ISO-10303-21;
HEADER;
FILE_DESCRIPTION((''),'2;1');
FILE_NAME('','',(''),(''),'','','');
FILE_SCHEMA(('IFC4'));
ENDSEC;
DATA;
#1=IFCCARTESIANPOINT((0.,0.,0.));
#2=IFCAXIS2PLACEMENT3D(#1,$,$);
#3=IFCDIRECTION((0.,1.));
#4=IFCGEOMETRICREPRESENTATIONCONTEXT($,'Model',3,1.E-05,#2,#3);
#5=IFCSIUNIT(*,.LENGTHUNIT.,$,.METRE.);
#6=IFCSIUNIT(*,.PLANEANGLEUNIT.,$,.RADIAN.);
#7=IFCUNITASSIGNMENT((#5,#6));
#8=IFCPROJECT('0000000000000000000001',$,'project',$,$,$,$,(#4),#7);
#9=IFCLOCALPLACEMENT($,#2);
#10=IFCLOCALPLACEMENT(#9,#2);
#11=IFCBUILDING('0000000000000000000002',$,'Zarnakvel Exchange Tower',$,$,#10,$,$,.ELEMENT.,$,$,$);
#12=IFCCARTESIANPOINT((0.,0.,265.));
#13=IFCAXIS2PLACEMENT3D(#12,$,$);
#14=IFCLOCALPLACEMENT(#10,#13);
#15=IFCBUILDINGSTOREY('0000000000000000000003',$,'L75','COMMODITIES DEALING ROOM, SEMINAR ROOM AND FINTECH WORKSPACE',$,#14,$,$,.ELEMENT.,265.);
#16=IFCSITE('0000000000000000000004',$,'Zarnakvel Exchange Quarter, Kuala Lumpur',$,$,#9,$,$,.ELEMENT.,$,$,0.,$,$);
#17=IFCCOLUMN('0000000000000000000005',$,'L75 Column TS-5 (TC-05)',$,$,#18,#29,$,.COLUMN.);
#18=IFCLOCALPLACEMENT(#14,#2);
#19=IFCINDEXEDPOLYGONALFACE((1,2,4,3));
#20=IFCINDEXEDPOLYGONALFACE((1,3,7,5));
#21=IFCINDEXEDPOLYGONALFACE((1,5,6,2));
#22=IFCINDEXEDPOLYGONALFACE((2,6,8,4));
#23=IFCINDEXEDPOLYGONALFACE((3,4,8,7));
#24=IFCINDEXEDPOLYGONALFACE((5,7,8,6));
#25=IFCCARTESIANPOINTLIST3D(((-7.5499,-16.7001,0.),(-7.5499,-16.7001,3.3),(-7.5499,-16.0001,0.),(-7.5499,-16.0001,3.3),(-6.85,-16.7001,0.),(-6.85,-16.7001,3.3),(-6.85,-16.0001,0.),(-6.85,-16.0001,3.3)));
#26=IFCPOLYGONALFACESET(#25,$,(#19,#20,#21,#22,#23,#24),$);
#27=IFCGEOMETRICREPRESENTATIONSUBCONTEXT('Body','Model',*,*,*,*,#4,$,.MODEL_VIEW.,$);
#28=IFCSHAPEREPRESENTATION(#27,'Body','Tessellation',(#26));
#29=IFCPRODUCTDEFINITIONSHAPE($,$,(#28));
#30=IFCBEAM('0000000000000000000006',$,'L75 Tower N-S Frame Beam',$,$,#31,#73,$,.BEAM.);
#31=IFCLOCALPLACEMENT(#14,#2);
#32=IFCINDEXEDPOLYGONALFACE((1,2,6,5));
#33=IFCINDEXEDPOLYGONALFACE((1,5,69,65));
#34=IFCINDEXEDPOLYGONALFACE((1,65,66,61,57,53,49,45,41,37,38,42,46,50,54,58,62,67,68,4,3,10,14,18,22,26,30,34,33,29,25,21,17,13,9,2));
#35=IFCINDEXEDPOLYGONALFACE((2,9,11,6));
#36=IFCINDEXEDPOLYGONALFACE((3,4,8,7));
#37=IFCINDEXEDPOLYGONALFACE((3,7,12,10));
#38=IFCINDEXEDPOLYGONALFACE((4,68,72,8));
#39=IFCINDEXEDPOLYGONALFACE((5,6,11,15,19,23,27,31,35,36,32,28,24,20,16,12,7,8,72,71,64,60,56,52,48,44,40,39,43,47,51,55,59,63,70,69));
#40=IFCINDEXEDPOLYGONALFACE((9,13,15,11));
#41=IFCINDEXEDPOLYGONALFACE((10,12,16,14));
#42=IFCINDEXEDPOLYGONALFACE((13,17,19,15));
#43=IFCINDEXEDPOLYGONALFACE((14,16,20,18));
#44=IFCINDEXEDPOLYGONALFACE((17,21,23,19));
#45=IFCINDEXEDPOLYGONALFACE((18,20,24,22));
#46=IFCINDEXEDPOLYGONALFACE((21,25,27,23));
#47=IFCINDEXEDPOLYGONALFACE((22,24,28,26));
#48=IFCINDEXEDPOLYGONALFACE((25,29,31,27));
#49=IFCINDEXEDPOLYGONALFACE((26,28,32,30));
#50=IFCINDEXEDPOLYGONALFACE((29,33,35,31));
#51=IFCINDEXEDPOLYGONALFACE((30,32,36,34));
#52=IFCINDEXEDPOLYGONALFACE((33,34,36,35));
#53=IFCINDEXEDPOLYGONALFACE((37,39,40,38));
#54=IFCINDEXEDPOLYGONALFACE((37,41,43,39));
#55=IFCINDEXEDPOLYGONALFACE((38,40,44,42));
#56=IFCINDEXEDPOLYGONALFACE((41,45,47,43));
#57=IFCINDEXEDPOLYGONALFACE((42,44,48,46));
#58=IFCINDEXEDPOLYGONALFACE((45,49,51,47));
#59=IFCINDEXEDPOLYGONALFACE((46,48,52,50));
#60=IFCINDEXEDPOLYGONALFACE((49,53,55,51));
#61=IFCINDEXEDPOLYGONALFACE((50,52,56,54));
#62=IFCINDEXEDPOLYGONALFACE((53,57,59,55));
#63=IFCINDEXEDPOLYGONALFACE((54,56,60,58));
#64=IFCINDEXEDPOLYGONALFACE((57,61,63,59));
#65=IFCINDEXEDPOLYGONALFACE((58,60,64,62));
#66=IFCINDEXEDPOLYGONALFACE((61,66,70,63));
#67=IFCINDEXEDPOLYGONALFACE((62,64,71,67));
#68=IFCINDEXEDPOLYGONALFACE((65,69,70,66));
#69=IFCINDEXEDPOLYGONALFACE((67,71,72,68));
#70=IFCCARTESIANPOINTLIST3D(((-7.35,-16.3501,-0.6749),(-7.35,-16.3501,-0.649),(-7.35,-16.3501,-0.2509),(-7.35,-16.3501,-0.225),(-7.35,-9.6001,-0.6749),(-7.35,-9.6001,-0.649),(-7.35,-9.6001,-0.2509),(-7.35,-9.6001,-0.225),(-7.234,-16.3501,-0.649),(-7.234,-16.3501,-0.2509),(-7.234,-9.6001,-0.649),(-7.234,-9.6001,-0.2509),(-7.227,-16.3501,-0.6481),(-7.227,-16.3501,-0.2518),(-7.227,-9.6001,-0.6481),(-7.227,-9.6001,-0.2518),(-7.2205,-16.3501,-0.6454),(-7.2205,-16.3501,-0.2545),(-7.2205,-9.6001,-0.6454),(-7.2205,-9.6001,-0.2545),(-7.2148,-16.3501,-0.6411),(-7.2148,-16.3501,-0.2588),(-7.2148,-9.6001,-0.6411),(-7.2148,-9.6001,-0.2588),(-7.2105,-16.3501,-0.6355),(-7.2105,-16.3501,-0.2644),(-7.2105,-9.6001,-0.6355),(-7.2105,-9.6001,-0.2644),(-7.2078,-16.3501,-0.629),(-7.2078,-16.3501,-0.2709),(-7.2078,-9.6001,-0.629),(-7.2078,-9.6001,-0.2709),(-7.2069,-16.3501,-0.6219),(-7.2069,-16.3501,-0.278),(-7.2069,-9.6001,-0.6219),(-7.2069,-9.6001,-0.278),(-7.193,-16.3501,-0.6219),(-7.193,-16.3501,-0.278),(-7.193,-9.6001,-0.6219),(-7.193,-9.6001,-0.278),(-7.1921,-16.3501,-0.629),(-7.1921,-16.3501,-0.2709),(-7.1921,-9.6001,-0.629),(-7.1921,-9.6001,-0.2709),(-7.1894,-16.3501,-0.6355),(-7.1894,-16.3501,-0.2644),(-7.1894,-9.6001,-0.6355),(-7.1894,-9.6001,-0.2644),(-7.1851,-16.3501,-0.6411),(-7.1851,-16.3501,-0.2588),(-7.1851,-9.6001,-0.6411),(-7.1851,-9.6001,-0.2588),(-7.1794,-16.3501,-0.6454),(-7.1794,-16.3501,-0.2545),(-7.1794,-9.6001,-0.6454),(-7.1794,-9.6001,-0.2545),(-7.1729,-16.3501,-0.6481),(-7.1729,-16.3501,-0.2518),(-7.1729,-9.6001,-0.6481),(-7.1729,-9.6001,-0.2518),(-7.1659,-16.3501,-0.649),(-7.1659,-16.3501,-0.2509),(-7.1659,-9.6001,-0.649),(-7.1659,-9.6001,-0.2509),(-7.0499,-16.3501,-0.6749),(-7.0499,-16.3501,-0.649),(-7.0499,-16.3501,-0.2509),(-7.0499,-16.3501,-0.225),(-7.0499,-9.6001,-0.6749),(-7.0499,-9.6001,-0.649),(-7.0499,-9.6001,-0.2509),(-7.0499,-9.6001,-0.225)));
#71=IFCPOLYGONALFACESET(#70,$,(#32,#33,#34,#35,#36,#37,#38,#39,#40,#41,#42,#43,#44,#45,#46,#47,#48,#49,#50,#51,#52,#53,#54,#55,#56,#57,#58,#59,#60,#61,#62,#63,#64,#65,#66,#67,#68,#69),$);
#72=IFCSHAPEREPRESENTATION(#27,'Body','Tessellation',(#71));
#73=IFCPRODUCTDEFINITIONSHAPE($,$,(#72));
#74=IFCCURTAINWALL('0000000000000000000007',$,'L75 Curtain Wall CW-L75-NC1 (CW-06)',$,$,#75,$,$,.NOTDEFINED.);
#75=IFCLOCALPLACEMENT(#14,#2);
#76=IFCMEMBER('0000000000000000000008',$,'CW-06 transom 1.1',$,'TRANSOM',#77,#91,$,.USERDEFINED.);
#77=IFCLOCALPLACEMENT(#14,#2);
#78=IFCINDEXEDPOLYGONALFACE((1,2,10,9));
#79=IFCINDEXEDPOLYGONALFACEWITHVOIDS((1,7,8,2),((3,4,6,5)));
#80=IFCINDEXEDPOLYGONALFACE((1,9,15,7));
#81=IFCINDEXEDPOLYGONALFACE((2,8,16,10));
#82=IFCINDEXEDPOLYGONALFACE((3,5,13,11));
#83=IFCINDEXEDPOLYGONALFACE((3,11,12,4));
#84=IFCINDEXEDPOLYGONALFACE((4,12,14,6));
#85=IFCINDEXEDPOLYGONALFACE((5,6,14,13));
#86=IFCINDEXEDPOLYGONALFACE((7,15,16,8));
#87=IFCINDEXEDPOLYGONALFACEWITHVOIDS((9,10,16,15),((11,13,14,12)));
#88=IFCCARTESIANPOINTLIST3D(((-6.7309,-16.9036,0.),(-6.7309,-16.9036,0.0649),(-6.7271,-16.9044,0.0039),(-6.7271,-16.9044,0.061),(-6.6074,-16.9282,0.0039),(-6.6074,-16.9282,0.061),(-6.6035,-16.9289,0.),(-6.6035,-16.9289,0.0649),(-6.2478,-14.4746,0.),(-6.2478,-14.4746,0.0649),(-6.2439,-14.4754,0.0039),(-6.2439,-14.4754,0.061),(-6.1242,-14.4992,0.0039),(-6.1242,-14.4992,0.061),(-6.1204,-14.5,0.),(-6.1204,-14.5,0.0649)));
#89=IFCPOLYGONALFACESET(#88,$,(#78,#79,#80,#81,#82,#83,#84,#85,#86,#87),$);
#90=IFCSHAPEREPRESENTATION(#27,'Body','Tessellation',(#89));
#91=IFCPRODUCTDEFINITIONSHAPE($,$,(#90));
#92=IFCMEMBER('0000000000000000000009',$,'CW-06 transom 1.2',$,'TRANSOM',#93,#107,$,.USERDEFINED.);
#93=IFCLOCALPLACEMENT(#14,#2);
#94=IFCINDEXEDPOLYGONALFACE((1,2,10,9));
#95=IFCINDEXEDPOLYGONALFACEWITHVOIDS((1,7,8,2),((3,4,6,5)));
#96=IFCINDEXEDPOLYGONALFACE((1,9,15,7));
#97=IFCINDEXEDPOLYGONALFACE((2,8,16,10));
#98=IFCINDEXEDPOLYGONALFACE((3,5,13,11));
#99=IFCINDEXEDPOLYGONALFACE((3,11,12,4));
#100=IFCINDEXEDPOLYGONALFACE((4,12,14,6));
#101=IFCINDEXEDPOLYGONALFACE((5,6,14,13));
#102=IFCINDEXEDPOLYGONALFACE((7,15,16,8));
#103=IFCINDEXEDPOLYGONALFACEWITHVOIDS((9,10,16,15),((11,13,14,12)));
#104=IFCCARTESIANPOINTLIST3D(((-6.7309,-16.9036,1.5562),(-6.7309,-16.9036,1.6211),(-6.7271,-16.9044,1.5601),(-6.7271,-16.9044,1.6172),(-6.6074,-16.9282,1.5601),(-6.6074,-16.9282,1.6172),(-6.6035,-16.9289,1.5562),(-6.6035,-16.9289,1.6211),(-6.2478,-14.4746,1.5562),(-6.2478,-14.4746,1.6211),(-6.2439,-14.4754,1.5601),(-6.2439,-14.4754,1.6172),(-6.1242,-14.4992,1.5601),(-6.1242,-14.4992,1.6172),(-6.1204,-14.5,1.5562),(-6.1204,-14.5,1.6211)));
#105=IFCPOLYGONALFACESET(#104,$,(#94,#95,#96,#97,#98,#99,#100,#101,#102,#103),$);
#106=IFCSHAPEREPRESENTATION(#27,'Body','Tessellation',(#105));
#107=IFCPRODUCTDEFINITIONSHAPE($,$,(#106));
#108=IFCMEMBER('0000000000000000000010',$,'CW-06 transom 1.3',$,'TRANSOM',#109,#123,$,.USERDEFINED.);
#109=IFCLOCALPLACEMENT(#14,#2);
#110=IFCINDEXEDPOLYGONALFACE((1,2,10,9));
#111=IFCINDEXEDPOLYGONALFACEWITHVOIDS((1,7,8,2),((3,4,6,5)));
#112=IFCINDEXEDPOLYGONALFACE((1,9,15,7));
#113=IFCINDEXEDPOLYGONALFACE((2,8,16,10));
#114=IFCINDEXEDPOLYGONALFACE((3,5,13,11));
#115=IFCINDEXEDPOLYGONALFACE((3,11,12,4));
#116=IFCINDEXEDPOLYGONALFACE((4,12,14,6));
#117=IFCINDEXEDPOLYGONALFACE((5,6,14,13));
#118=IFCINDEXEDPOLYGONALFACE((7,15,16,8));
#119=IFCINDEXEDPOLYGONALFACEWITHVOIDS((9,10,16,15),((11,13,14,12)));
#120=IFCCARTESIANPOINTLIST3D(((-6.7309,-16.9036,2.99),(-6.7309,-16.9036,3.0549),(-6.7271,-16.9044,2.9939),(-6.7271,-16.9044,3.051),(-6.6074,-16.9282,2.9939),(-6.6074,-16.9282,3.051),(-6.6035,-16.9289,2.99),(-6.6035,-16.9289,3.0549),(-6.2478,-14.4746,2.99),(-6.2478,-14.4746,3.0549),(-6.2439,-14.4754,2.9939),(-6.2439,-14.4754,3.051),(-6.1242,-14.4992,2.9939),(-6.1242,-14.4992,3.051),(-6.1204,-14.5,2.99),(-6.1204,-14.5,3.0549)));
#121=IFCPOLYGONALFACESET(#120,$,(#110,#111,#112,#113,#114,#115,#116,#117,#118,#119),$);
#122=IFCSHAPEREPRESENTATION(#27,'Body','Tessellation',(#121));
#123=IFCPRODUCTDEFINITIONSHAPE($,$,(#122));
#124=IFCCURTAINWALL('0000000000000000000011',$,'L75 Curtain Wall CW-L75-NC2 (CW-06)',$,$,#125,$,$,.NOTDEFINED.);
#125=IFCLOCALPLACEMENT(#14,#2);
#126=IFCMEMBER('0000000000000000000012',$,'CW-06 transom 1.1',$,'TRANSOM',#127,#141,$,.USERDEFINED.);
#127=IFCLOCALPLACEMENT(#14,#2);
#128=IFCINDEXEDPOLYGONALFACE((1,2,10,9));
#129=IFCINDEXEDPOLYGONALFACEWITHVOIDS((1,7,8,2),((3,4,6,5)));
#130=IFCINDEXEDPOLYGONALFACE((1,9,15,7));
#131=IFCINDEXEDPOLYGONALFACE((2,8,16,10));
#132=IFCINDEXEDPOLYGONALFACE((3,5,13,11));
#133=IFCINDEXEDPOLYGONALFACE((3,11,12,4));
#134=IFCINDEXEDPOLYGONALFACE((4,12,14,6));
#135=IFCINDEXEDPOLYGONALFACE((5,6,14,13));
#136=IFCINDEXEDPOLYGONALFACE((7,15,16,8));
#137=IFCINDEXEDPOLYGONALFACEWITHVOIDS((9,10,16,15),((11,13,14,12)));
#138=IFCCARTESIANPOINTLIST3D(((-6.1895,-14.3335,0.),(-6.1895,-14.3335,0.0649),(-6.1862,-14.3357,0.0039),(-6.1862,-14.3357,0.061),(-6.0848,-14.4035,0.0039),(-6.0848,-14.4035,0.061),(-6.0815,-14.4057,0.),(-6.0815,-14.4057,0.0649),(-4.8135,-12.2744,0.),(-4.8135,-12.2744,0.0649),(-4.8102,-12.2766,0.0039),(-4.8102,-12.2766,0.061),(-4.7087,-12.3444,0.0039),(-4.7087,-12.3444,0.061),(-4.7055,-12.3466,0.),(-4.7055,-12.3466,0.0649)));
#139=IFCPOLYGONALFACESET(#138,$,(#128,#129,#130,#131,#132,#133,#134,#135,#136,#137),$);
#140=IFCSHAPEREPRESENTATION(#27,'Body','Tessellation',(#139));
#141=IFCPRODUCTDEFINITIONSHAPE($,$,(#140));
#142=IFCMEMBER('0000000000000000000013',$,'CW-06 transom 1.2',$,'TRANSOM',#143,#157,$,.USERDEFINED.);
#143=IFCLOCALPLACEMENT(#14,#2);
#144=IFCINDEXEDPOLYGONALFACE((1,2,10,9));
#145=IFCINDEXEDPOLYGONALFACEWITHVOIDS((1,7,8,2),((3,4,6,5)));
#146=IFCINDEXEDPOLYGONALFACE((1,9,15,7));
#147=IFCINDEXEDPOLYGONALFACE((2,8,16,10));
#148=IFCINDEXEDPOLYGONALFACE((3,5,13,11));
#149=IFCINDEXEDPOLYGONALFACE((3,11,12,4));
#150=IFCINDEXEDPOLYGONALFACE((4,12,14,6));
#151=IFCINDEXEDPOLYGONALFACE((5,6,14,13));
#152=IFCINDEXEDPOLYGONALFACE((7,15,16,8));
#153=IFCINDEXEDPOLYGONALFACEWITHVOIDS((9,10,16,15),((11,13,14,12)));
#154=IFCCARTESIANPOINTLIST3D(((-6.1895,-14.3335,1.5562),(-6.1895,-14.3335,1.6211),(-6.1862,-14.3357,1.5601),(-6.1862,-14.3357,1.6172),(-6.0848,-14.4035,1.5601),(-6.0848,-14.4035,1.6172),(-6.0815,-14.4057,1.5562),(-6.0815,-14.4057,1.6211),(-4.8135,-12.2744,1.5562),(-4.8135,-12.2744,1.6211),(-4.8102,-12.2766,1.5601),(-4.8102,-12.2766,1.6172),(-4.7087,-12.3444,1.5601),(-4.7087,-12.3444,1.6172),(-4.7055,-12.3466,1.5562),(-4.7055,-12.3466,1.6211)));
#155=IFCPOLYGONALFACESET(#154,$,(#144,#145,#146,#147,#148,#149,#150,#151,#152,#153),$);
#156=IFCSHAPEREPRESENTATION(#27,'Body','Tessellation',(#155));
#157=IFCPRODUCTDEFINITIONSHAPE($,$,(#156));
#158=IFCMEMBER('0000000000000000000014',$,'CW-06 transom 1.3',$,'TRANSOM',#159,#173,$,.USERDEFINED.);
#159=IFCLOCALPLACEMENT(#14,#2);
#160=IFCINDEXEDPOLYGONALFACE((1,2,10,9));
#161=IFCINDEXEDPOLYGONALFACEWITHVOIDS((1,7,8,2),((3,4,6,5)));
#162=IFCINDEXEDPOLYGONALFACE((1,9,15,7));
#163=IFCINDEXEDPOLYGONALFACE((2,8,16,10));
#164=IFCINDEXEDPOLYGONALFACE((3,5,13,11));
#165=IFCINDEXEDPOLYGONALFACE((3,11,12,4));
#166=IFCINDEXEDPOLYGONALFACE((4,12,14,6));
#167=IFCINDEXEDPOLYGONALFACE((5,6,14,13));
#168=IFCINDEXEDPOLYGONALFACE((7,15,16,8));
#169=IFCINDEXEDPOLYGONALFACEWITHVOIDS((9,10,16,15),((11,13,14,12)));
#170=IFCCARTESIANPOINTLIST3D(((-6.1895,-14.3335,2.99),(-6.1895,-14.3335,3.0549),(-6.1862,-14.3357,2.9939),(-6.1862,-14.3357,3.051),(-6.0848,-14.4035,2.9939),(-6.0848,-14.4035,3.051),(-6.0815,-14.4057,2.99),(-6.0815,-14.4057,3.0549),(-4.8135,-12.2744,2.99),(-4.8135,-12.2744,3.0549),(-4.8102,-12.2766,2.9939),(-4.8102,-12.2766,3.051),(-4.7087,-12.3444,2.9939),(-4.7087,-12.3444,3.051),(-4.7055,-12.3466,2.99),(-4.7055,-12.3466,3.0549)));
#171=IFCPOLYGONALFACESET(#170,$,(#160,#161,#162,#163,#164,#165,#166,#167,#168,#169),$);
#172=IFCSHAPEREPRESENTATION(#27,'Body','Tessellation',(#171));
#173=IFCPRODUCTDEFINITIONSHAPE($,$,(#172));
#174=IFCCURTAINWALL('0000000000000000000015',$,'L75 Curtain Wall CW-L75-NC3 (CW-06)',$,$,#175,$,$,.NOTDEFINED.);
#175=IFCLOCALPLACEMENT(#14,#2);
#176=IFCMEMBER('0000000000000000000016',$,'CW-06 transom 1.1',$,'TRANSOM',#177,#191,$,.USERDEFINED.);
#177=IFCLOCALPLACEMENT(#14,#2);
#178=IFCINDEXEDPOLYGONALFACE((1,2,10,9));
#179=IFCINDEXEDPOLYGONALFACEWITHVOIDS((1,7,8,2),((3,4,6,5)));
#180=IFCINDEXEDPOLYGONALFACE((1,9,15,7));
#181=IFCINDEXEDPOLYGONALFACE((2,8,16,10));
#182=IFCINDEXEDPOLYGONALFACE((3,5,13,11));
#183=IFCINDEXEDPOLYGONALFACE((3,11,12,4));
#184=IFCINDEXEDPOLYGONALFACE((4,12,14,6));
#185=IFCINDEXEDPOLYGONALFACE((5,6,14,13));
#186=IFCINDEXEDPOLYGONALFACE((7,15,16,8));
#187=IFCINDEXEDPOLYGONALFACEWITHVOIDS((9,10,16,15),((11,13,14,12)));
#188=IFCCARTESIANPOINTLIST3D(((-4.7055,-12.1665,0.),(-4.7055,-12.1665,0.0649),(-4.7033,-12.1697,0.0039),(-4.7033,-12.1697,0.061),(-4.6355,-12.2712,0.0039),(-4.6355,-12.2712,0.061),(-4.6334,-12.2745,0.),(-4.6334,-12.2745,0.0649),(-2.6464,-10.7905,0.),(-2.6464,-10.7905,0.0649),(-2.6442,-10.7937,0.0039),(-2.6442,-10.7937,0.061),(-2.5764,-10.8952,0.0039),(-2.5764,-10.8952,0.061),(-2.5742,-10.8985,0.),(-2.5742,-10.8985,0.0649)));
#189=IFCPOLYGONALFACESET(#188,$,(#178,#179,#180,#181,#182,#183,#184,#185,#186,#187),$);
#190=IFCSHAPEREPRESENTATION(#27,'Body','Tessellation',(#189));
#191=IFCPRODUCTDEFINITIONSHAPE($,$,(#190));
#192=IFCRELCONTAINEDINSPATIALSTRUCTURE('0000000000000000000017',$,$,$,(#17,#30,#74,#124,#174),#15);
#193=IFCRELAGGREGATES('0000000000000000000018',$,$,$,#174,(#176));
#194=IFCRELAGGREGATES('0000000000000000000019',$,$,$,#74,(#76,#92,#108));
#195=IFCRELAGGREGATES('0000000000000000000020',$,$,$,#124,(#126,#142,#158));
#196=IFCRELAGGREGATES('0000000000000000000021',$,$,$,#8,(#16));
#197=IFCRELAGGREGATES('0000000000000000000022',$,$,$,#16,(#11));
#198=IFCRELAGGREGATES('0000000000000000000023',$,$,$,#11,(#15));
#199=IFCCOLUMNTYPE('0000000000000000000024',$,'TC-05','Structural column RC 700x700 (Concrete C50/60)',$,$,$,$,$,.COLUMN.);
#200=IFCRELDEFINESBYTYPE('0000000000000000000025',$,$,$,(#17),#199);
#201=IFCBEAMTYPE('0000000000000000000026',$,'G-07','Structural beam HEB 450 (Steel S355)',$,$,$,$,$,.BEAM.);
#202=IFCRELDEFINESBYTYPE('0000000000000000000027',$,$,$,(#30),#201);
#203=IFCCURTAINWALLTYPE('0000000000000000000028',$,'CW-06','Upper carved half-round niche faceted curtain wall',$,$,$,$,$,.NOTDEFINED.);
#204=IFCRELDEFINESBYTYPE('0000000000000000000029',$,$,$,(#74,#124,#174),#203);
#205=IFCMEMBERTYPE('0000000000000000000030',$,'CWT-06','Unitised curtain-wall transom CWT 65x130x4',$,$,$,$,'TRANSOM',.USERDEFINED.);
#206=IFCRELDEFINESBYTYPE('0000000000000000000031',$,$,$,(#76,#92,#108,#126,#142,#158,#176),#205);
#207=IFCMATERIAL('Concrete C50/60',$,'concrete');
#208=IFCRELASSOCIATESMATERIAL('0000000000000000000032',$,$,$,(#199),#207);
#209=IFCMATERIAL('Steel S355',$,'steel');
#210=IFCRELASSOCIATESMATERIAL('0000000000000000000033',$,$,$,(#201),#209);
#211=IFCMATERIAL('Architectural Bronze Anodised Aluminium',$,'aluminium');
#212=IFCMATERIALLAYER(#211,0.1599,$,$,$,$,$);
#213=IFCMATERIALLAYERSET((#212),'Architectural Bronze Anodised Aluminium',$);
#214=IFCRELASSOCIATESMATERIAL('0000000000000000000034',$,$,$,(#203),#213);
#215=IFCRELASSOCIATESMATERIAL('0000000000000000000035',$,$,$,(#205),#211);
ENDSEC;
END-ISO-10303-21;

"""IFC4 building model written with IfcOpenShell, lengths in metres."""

from ifc_helpers import new_model, si_unit, direction, frame, origin, origin_2d, place, context, subcontext, project, spatial, rectangle, hollow_rectangle, i_section, extrude, source, transform, mapped, material, layer, layer_set, material_profile, profile_set, type_object, element, aggregate, save


model = new_model("IFC4")

# Units and contexts
model_context = context("Model", 3, precision=1e-05, world=origin(), true_north=direction((0.0, 1.0)))
body_context = subcontext(model_context, "Body", "Model", "MODEL_VIEW")
ifc_project = project(units=[si_unit("LENGTHUNIT", "METRE"), si_unit("PLANEANGLEUNIT", "RADIAN")], contexts=[model_context])

# Site, building, storey
site_placement = place(None, origin())
site = spatial("IfcSite", under=ifc_project, at=site_placement, Name="Zarnakvel Exchange Quarter, Kuala Lumpur", CompositionType="ELEMENT", RefElevation=0.0)
building_placement = place(site_placement, origin())
building = spatial("IfcBuilding", under=site, at=building_placement, Name="Zarnakvel Exchange Tower", CompositionType="ELEMENT")
storey_placement = place(building_placement, frame((0.0, 0.0, 265.0)))
storey = spatial("IfcBuildingStorey", under=building, at=storey_placement, Name="L75", Description="COMMODITIES DEALING ROOM, SEMINAR ROOM AND FINTECH WORKSPACE", CompositionType="ELEMENT", Elevation=265.0)

# Column
ifc_material_1 = material(Name="Concrete C50/60", Category="concrete")
ifc_material_profile_1 = material_profile(ifc_material_1, rectangle(XDim=0.7, YDim=0.7, at=origin_2d()))
ifc_profile_set_1 = profile_set([ifc_material_profile_1], Name="Concrete C50/60")
column_type = type_object("IfcColumnType", Name="TC-05", Description="Structural column RC 700x700 (Concrete C50/60)", PredefinedType="COLUMN", material=ifc_profile_set_1)
column_placement = place(storey_placement, frame((-7.2, -16.3501, 0.0), z_axis=(0.0, 0.0, 1.0), x_axis=(1.0, 0.0, 0.0)))
element("IfcColumn", 1, at=column_placement, inside=storey, type_object=column_type, Name="L75 Column TS-5 (TC-05)", PredefinedType="COLUMN", context=body_context, shape_type="SweptSolid", body=[
    extrude(rectangle(XDim=0.7, YDim=0.7, at=origin_2d()), origin(), (0.0, 0.0, 1.0), 3.3),
])

# Beam
ifc_material_2 = material(Name="Steel S355", Category="steel")
ifc_material_profile_2 = material_profile(ifc_material_2, i_section(OverallWidth=0.3, OverallDepth=0.45, WebThickness=0.0139, FlangeThickness=0.0259, FilletRadius=0.0271, at=origin_2d()))
ifc_profile_set_2 = profile_set([ifc_material_profile_2], Name="Steel S355")
beam_type = type_object("IfcBeamType", Name="G-07", Description="Structural beam HEB 450 (Steel S355)", PredefinedType="BEAM", material=ifc_profile_set_2)
beam_placement = place(storey_placement, frame((-7.2, -16.3501, -0.45), z_axis=(0.0, 1.0, 0.0), x_axis=(-1.0, 0.0, 0.0)))
element("IfcBeam", 2, at=beam_placement, inside=storey, type_object=beam_type, Name="L75 Tower N-S Frame Beam", PredefinedType="BEAM", context=body_context, shape_type="SweptSolid", body=[
    extrude(i_section(OverallWidth=0.3, OverallDepth=0.45, WebThickness=0.0139, FlangeThickness=0.0259, FilletRadius=0.0271, at=origin_2d()), origin(), (0.0, 0.0, 1.0), 6.75),
])

# Curtain walls, members
ifc_material_3 = material(Name="Architectural Bronze Anodised Aluminium", Category="aluminium")
ifc_layer_1 = layer(ifc_material_3, 0.1599)
ifc_layer_set_1 = layer_set([ifc_layer_1], Name="Architectural Bronze Anodised Aluminium")
curtain_wall_type = type_object("IfcCurtainWallType", Name="CW-06", Description="Upper carved half-round niche faceted curtain wall", PredefinedType="NOTDEFINED", material=ifc_layer_set_1)
curtain_wall_1_placement = place(storey_placement, origin())
curtain_wall_1 = element("IfcCurtainWall", 3, at=curtain_wall_1_placement, inside=storey, type_object=curtain_wall_type, Name="L75 Curtain Wall CW-L75-NC1 (CW-06)", PredefinedType="NOTDEFINED")
ifc_material_profile_3 = material_profile(ifc_material_3, hollow_rectangle(XDim=0.1299, YDim=0.0649, WallThickness=0.0039, at=origin_2d()))
ifc_profile_set_3 = profile_set([ifc_material_profile_3], Name="Architectural Bronze Anodised Aluminium")
member_type_1 = type_object("IfcMemberType", Name="CWT-06", Description="Unitised curtain-wall transom CWT 65x130x4", ElementType="TRANSOM", PredefinedType="USERDEFINED", material=ifc_profile_set_3)
shared_shape_1 = source(origin(), body_context, "Body", "SweptSolid", [
    extrude(hollow_rectangle(XDim=0.1299, YDim=0.0649, WallThickness=0.0039, at=origin_2d()), origin(), (0.0, 0.0, 1.0), 2.4766),
])
member_1_placement = place(storey_placement, frame((-6.6672, -16.9163, 0.0325), z_axis=(0.195092, 0.980785, 0.0), x_axis=(-0.980785, 0.195092, 0.0)))
member_1 = element("IfcMember", 4, at=member_1_placement, type_object=member_type_1, Name="CW-06 transom 1.1", ObjectType="TRANSOM", PredefinedType="USERDEFINED", context=body_context, shape_type="MappedRepresentation", body=[
    mapped(shared_shape_1, transform((0.0, 0.0, 0.0), x_axis=(1.0, 0.0, 0.0), y_axis=(0.0, 1.0, 0.0), z_axis=(0.0, 0.0, 1.0), scale=1.0)),
])
member_2_placement = place(storey_placement, frame((-6.6672, -16.9163, 1.5886), z_axis=(0.195092, 0.980785, 0.0), x_axis=(-0.980785, 0.195092, 0.0)))
member_2 = element("IfcMember", 5, at=member_2_placement, type_object=member_type_1, Name="CW-06 transom 1.2", ObjectType="TRANSOM", PredefinedType="USERDEFINED", context=body_context, shape_type="MappedRepresentation", body=[
    mapped(shared_shape_1, transform((0.0, 0.0, 0.0), x_axis=(1.0, 0.0, 0.0), y_axis=(0.0, 1.0, 0.0), z_axis=(0.0, 0.0, 1.0), scale=1.0)),
])
member_3_placement = place(storey_placement, frame((-6.6672, -16.9163, 3.0225), z_axis=(0.195092, 0.980785, 0.0), x_axis=(-0.980785, 0.195092, 0.0)))
member_3 = element("IfcMember", 6, at=member_3_placement, type_object=member_type_1, Name="CW-06 transom 1.3", ObjectType="TRANSOM", PredefinedType="USERDEFINED", context=body_context, shape_type="MappedRepresentation", body=[
    mapped(shared_shape_1, transform((0.0, 0.0, 0.0), x_axis=(1.0, 0.0, 0.0), y_axis=(0.0, 1.0, 0.0), z_axis=(0.0, 0.0, 1.0), scale=1.0)),
])
curtain_wall_2_placement = place(storey_placement, origin())
curtain_wall_2 = element("IfcCurtainWall", 7, at=curtain_wall_2_placement, inside=storey, type_object=curtain_wall_type, Name="L75 Curtain Wall CW-L75-NC2 (CW-06)", PredefinedType="NOTDEFINED")
member_4_placement = place(storey_placement, frame((-6.1355, -14.3696, 0.0325), z_axis=(0.55561, 0.831443, 0.0), x_axis=(-0.831443, 0.55561, 0.0)))
member_4 = element("IfcMember", 8, at=member_4_placement, type_object=member_type_1, Name="CW-06 transom 1.1", ObjectType="TRANSOM", PredefinedType="USERDEFINED", context=body_context, shape_type="MappedRepresentation", body=[
    mapped(shared_shape_1, transform((0.0, 0.0, 0.0), x_axis=(1.0, 0.0, 0.0), y_axis=(0.0, 1.0, 0.0), z_axis=(0.0, 0.0, 1.0), scale=1.0)),
])
member_5_placement = place(storey_placement, frame((-6.1355, -14.3696, 1.5886), z_axis=(0.55561, 0.831443, 0.0), x_axis=(-0.831443, 0.55561, 0.0)))
member_5 = element("IfcMember", 9, at=member_5_placement, type_object=member_type_1, Name="CW-06 transom 1.2", ObjectType="TRANSOM", PredefinedType="USERDEFINED", context=body_context, shape_type="MappedRepresentation", body=[
    mapped(shared_shape_1, transform((0.0, 0.0, 0.0), x_axis=(1.0, 0.0, 0.0), y_axis=(0.0, 1.0, 0.0), z_axis=(0.0, 0.0, 1.0), scale=1.0)),
])
member_6_placement = place(storey_placement, frame((-6.1355, -14.3696, 3.0225), z_axis=(0.55561, 0.831443, 0.0), x_axis=(-0.831443, 0.55561, 0.0)))
member_6 = element("IfcMember", 10, at=member_6_placement, type_object=member_type_1, Name="CW-06 transom 1.3", ObjectType="TRANSOM", PredefinedType="USERDEFINED", context=body_context, shape_type="MappedRepresentation", body=[
    mapped(shared_shape_1, transform((0.0, 0.0, 0.0), x_axis=(1.0, 0.0, 0.0), y_axis=(0.0, 1.0, 0.0), z_axis=(0.0, 0.0, 1.0), scale=1.0)),
])

# Curtain wall, member
curtain_wall_3_placement = place(storey_placement, origin())
curtain_wall_3 = element("IfcCurtainWall", 11, at=curtain_wall_3_placement, inside=storey, type_object=curtain_wall_type, Name="L75 Curtain Wall CW-L75-NC3 (CW-06)", PredefinedType="NOTDEFINED")
member_7_placement = place(storey_placement, frame((-4.6694, -12.2205, 0.0325), z_axis=(0.831443, 0.55561, 0.0), x_axis=(-0.55561, 0.831443, 0.0)))
member_7 = element("IfcMember", 12, at=member_7_placement, type_object=member_type_1, Name="CW-06 transom 1.1", ObjectType="TRANSOM", PredefinedType="USERDEFINED", context=body_context, shape_type="MappedRepresentation", body=[
    mapped(shared_shape_1, transform((0.0, 0.0, 0.0), x_axis=(1.0, 0.0, 0.0), y_axis=(0.0, 1.0, 0.0), z_axis=(0.0, 0.0, 1.0), scale=1.0)),
])

aggregate(curtain_wall_3, [member_7])

aggregate(curtain_wall_1, [member_1, member_2, member_3])
aggregate(curtain_wall_2, [member_4, member_5, member_6])

save(model, "model.ifc")
